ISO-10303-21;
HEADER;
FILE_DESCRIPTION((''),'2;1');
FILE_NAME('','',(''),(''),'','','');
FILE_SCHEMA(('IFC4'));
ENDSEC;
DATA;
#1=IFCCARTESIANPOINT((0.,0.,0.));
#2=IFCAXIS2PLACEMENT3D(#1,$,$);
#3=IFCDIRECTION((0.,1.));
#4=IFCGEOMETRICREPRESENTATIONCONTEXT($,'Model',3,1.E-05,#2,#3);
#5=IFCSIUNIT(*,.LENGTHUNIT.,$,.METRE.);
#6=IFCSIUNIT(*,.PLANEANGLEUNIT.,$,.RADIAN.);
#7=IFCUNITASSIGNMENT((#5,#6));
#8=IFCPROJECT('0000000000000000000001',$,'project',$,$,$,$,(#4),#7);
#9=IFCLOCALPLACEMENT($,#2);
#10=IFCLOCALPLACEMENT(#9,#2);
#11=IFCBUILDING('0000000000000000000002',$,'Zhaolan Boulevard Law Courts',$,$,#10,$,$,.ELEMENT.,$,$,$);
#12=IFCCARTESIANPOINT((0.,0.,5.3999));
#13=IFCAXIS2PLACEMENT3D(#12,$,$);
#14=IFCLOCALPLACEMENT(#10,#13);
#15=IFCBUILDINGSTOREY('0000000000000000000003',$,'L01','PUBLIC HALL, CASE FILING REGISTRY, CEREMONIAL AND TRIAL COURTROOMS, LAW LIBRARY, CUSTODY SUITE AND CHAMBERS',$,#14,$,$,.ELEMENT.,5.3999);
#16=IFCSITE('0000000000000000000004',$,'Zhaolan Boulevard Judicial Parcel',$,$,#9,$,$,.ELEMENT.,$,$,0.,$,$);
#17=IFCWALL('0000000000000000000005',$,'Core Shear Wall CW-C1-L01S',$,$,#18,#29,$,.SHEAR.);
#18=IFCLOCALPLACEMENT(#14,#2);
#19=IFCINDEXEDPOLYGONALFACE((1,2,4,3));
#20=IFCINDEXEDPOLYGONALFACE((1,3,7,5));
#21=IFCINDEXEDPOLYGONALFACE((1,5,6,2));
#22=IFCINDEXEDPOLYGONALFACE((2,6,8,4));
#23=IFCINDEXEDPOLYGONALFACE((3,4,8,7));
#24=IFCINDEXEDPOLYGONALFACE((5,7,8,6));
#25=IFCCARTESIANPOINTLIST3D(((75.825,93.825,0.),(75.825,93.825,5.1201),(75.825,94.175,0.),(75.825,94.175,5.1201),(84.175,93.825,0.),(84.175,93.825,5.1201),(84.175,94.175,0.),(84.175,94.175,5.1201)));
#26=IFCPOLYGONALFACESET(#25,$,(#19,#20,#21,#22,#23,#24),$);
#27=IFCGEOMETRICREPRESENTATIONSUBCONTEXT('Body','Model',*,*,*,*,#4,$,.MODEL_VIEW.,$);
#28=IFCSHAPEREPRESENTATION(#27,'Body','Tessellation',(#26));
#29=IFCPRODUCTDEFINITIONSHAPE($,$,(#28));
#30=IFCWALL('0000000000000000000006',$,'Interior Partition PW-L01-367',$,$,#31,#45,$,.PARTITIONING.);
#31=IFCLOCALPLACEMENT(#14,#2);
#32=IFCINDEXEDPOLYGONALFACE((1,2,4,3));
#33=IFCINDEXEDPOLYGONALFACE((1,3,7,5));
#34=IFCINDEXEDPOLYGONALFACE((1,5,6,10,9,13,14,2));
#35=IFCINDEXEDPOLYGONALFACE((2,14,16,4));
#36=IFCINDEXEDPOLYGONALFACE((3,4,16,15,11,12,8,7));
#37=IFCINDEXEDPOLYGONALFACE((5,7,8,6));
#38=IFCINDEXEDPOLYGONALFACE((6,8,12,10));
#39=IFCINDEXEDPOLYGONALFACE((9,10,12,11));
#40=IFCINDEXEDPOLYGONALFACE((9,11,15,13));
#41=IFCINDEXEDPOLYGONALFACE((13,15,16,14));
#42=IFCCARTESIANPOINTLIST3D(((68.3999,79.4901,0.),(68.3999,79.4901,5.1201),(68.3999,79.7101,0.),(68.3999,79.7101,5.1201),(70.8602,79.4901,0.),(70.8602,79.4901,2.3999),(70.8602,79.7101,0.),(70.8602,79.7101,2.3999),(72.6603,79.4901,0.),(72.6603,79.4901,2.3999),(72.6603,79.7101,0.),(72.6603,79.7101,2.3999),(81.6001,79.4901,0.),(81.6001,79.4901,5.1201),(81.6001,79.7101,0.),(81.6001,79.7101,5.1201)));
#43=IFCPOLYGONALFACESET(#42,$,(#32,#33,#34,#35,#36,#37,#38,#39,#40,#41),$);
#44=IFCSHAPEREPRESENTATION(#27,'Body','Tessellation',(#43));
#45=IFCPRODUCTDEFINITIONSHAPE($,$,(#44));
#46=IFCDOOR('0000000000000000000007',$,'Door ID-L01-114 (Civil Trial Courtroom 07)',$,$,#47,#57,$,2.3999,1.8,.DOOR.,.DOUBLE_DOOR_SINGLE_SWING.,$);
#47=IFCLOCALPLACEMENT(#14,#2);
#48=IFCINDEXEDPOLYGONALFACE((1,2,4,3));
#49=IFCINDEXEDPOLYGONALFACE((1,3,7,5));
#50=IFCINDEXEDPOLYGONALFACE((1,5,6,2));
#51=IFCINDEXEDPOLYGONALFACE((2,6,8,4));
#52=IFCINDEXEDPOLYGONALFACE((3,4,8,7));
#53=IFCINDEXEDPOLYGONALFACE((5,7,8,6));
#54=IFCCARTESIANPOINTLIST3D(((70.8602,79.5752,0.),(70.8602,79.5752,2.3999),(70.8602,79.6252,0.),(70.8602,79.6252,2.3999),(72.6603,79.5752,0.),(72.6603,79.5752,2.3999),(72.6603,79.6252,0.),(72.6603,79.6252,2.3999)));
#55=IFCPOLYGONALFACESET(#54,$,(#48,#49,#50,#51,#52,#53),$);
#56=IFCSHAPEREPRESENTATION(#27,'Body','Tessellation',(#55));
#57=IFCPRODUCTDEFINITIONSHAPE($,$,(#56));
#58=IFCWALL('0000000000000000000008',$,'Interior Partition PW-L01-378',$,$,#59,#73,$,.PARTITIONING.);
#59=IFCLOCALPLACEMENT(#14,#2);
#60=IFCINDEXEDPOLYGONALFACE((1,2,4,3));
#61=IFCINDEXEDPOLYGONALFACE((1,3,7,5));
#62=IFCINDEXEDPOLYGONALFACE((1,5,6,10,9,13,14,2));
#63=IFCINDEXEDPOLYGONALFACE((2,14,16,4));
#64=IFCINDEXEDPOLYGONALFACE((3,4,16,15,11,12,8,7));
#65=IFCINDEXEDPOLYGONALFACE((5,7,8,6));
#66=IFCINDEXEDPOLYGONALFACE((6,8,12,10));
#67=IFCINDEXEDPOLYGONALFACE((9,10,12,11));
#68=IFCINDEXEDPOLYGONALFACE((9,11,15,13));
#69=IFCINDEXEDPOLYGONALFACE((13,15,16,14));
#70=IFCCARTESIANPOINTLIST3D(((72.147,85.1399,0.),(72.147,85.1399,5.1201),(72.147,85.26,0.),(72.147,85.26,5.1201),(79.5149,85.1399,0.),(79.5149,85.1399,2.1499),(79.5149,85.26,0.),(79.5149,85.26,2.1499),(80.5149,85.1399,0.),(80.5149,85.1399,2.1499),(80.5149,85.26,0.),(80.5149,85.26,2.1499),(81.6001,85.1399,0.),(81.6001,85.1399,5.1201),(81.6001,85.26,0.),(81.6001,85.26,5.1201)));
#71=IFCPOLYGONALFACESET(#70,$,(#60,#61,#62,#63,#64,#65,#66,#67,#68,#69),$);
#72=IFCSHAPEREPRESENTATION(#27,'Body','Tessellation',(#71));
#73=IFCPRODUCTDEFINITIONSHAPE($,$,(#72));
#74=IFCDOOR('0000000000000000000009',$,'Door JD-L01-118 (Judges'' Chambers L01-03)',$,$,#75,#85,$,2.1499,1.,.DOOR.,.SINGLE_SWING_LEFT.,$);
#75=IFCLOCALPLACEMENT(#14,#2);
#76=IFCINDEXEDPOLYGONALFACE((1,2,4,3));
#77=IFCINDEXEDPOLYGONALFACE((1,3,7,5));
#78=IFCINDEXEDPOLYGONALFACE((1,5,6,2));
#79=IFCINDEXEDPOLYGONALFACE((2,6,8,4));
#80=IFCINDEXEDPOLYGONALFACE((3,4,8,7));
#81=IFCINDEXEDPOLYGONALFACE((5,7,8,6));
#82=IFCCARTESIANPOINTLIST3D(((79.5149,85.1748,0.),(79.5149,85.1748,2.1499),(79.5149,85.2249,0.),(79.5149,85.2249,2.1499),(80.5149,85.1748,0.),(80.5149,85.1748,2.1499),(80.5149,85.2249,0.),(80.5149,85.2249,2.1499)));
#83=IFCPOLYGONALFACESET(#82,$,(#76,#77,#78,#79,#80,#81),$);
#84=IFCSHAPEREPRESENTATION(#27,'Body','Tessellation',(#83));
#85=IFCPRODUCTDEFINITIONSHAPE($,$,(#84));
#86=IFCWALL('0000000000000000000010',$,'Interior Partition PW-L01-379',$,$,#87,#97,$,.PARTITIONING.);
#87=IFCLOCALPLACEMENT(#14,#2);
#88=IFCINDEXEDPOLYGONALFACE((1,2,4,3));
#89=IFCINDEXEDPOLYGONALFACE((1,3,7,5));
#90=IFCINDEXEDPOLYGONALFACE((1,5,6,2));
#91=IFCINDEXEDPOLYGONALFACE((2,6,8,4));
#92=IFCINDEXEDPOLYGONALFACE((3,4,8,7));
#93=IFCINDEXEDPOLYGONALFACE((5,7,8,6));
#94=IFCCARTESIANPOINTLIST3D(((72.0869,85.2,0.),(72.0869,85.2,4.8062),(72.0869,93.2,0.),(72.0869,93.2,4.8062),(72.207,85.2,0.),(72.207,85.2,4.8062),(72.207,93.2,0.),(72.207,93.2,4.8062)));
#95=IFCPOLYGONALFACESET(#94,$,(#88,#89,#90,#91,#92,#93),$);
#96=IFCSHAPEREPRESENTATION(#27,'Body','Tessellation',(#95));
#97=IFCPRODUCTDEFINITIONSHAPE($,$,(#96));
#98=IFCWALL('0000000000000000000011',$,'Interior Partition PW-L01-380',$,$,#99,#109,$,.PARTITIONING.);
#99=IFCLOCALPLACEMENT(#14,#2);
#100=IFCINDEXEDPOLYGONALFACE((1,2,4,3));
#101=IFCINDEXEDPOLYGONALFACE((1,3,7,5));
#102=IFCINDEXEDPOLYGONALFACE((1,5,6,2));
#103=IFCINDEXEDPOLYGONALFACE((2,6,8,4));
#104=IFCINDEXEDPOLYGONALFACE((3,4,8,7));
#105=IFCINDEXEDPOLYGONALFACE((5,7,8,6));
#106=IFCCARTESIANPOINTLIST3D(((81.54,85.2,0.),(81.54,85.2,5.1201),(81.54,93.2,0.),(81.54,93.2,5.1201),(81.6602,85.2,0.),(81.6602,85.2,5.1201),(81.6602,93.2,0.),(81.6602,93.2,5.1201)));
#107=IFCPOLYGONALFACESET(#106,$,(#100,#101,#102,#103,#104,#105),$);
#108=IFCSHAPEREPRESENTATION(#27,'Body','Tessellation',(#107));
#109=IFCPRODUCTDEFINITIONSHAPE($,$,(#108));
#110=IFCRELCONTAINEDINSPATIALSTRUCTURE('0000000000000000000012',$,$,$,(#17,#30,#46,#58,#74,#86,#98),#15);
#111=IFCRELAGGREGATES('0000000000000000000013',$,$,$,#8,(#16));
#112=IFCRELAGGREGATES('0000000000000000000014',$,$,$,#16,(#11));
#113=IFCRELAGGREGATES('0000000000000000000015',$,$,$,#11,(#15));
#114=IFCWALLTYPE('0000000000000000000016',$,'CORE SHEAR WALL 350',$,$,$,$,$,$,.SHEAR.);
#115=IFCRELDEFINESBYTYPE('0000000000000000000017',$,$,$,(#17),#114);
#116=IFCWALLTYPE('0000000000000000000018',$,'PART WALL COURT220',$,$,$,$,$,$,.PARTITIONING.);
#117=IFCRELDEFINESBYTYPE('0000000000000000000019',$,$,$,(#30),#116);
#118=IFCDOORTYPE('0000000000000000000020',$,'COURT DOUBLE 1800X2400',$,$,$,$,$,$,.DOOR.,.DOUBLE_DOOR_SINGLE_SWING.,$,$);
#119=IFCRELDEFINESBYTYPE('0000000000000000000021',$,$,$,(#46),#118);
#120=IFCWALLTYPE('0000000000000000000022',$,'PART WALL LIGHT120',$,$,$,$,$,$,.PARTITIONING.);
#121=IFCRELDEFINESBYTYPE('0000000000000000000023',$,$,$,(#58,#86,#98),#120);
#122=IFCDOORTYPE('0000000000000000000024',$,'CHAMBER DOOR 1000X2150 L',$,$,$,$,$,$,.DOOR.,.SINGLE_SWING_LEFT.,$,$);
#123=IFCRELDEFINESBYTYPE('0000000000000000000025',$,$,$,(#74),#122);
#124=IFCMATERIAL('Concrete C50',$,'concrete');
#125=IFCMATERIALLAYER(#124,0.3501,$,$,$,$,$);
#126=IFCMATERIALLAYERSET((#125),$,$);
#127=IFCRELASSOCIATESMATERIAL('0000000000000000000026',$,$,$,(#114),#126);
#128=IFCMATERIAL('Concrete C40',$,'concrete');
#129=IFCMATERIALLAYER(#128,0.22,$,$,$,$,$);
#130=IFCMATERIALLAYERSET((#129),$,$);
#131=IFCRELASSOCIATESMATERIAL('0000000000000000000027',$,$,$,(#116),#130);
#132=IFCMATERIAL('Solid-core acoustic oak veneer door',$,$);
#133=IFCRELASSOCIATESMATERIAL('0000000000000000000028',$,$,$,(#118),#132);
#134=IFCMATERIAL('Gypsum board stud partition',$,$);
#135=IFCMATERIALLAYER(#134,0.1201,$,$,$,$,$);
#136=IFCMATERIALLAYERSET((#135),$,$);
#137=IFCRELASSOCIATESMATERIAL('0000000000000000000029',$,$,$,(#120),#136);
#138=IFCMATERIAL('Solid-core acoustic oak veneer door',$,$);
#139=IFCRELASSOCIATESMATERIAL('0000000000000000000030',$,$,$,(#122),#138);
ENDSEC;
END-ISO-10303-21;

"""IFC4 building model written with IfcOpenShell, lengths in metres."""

from ifc_helpers import new_model, si_unit, direction, frame, frame_2d, origin, place, context, subcontext, project, spatial, rectangle, extrude, material, layer, layer_set, type_object, element, fill, save


model = new_model("IFC4")

# Units and contexts
model_context = context("Model", 3, precision=1e-05, world=origin(), true_north=direction((0.0, 1.0)))
body_context = subcontext(model_context, "Body", "Model", "MODEL_VIEW")
ifc_project = project(units=[si_unit("LENGTHUNIT", "METRE"), si_unit("PLANEANGLEUNIT", "RADIAN")], contexts=[model_context])

# Site, building, storey
site_placement = place(None, origin())
site = spatial("IfcSite", under=ifc_project, at=site_placement, Name="Zhaolan Boulevard Judicial Parcel", CompositionType="ELEMENT", RefElevation=0.0)
building_placement = place(site_placement, origin())
building = spatial("IfcBuilding", under=site, at=building_placement, Name="Zhaolan Boulevard Law Courts", CompositionType="ELEMENT")
storey_placement = place(building_placement, frame((0.0, 0.0, 5.3999)))
storey = spatial("IfcBuildingStorey", under=building, at=storey_placement, Name="L01", Description="PUBLIC HALL, CASE FILING REGISTRY, CEREMONIAL AND TRIAL COURTROOMS, LAW LIBRARY, CUSTODY SUITE AND CHAMBERS", CompositionType="ELEMENT", Elevation=5.3999)

# Wall
ifc_material_1 = material(Name="Concrete C50", Category="concrete")
ifc_layer_1 = layer(ifc_material_1, 0.3501)
ifc_layer_set_1 = layer_set([ifc_layer_1])
wall_type_1 = type_object("IfcWallType", Name="CORE SHEAR WALL 350", PredefinedType="SHEAR", material=ifc_layer_set_1)
wall_1_placement = place(storey_placement, frame((75.825, 94.0, 0.0), z_axis=(0.0, 0.0, 1.0), x_axis=(1.0, 0.0, 0.0)))
element("IfcWall", 1, at=wall_1_placement, inside=storey, type_object=wall_type_1, Name="Core Shear Wall CW-C1-L01S", PredefinedType="SHEAR", context=body_context, shape_type="SweptSolid", body=[
    extrude(rectangle(XDim=8.3501, YDim=0.3501, at=frame_2d((4.175, 0.0))), origin(), (0.0, 0.0, 1.0), 5.1201),
])

# Walls, openings, doors
ifc_material_2 = material(Name="Concrete C40", Category="concrete")
ifc_layer_2 = layer(ifc_material_2, 0.22)
ifc_layer_set_2 = layer_set([ifc_layer_2])
wall_type_2 = type_object("IfcWallType", Name="PART WALL COURT220", PredefinedType="PARTITIONING", material=ifc_layer_set_2)
wall_2_placement = place(storey_placement, frame((81.6001, 79.6001, 0.0), z_axis=(0.0, 0.0, 1.0), x_axis=(-1.0, 0.0, 0.0)))
wall_2 = element("IfcWall", 2, at=wall_2_placement, inside=storey, type_object=wall_type_2, Name="Interior Partition PW-L01-367", PredefinedType="PARTITIONING", context=body_context, shape_type="SweptSolid", body=[
    extrude(rectangle(XDim=13.2002, YDim=0.22, at=frame_2d((6.6001, 0.0))), origin(), (0.0, 0.0, 1.0), 5.1201),
])
opening_1_placement = place(wall_2_placement, frame((8.9399, 0.0, 0.0)))
opening_1 = element("IfcOpeningElement", 3, at=opening_1_placement, cuts=wall_2, PredefinedType="OPENING", context=body_context, shape_type="SweptSolid", body=[
    extrude(rectangle(XDim=1.8, YDim=2.3999, at=frame_2d((0.8999, 1.2))), frame((0.0, 0.1199, 0.0), z_axis=(0.0, -1.0, 0.0), x_axis=(1.0, 0.0, 0.0)), (0.0, 0.0, 1.0), 0.24),
])
ifc_material_3 = material(Name="Solid-core acoustic oak veneer door")
door_type_1 = type_object("IfcDoorType", Name="COURT DOUBLE 1800X2400", OperationType="DOUBLE_DOOR_SINGLE_SWING", PredefinedType="DOOR", material=ifc_material_3)
door_1_placement = place(opening_1_placement, origin())
door_1 = element("IfcDoor", 4, at=door_1_placement, inside=storey, type_object=door_type_1, Name="Door ID-L01-114 (Civil Trial Courtroom 07)", OperationType="DOUBLE_DOOR_SINGLE_SWING", OverallHeight=2.3999, OverallWidth=1.8, PredefinedType="DOOR", context=body_context, shape_type="SweptSolid", body=[
    extrude(rectangle(XDim=1.8, YDim=2.3999, at=frame_2d((0.8999, 1.2))), frame((0.0, 0.0249, 0.0), z_axis=(0.0, -1.0, 0.0), x_axis=(1.0, 0.0, 0.0)), (0.0, 0.0, 1.0), 0.05),
])
fill(opening_1, door_1)
ifc_material_4 = material(Name="Gypsum board stud partition")
ifc_layer_3 = layer(ifc_material_4, 0.1201)
ifc_layer_set_3 = layer_set([ifc_layer_3])
wall_type_3 = type_object("IfcWallType", Name="PART WALL LIGHT120", PredefinedType="PARTITIONING", material=ifc_layer_set_3)
wall_3_placement = place(storey_placement, frame((72.147, 85.2, 0.0), z_axis=(0.0, 0.0, 1.0), x_axis=(1.0, 0.0, 0.0)))
wall_3 = element("IfcWall", 5, at=wall_3_placement, inside=storey, type_object=wall_type_3, Name="Interior Partition PW-L01-378", PredefinedType="PARTITIONING", context=body_context, shape_type="SweptSolid", body=[
    extrude(rectangle(XDim=9.4531, YDim=0.1201, at=frame_2d((4.7266, 0.0))), origin(), (0.0, 0.0, 1.0), 5.1201),
])
opening_2_placement = place(wall_3_placement, frame((7.3679, 0.0, 0.0)))
opening_2 = element("IfcOpeningElement", 6, at=opening_2_placement, cuts=wall_3, PredefinedType="OPENING", context=body_context, shape_type="SweptSolid", body=[
    extrude(rectangle(XDim=1.0, YDim=2.1499, at=frame_2d((0.5, 1.075))), frame((0.0, 0.0701, 0.0), z_axis=(0.0, -1.0, 0.0), x_axis=(1.0, 0.0, 0.0)), (0.0, 0.0, 1.0), 0.1401),
])
ifc_material_5 = material(Name="Solid-core acoustic oak veneer door")
door_type_2 = type_object("IfcDoorType", Name="CHAMBER DOOR 1000X2150 L", OperationType="SINGLE_SWING_LEFT", PredefinedType="DOOR", material=ifc_material_5)
door_2_placement = place(opening_2_placement, origin())
door_2 = element("IfcDoor", 7, at=door_2_placement, inside=storey, type_object=door_type_2, Name="Door JD-L01-118 (Judges' Chambers L01-03)", OperationType="SINGLE_SWING_LEFT", OverallHeight=2.1499, OverallWidth=1.0, PredefinedType="DOOR", context=body_context, shape_type="SweptSolid", body=[
    extrude(rectangle(XDim=1.0, YDim=2.1499, at=frame_2d((0.5, 1.075))), frame((0.0, 0.0249, 0.0), z_axis=(0.0, -1.0, 0.0), x_axis=(1.0, 0.0, 0.0)), (0.0, 0.0, 1.0), 0.05),
])
fill(opening_2, door_2)

# Walls
wall_4_placement = place(storey_placement, frame((72.147, 93.2, 0.0), z_axis=(0.0, 0.0, 1.0), x_axis=(0.0, -1.0, 0.0)))
element("IfcWall", 8, at=wall_4_placement, inside=storey, type_object=wall_type_3, Name="Interior Partition PW-L01-379", PredefinedType="PARTITIONING", context=body_context, shape_type="SweptSolid", body=[
    extrude(rectangle(XDim=8.0, YDim=0.1201, at=frame_2d((4.0, 0.0))), origin(), (0.0, 0.0, 1.0), 4.8062),
])
wall_5_placement = place(storey_placement, frame((81.6001, 85.2, 0.0), z_axis=(0.0, 0.0, 1.0), x_axis=(0.0, 1.0, 0.0)))
element("IfcWall", 9, at=wall_5_placement, inside=storey, type_object=wall_type_3, Name="Interior Partition PW-L01-380", PredefinedType="PARTITIONING", context=body_context, shape_type="SweptSolid", body=[
    extrude(rectangle(XDim=8.0, YDim=0.1201, at=frame_2d((4.0, 0.0))), origin(), (0.0, 0.0, 1.0), 5.1201),
])

save(model, "model.ifc")
